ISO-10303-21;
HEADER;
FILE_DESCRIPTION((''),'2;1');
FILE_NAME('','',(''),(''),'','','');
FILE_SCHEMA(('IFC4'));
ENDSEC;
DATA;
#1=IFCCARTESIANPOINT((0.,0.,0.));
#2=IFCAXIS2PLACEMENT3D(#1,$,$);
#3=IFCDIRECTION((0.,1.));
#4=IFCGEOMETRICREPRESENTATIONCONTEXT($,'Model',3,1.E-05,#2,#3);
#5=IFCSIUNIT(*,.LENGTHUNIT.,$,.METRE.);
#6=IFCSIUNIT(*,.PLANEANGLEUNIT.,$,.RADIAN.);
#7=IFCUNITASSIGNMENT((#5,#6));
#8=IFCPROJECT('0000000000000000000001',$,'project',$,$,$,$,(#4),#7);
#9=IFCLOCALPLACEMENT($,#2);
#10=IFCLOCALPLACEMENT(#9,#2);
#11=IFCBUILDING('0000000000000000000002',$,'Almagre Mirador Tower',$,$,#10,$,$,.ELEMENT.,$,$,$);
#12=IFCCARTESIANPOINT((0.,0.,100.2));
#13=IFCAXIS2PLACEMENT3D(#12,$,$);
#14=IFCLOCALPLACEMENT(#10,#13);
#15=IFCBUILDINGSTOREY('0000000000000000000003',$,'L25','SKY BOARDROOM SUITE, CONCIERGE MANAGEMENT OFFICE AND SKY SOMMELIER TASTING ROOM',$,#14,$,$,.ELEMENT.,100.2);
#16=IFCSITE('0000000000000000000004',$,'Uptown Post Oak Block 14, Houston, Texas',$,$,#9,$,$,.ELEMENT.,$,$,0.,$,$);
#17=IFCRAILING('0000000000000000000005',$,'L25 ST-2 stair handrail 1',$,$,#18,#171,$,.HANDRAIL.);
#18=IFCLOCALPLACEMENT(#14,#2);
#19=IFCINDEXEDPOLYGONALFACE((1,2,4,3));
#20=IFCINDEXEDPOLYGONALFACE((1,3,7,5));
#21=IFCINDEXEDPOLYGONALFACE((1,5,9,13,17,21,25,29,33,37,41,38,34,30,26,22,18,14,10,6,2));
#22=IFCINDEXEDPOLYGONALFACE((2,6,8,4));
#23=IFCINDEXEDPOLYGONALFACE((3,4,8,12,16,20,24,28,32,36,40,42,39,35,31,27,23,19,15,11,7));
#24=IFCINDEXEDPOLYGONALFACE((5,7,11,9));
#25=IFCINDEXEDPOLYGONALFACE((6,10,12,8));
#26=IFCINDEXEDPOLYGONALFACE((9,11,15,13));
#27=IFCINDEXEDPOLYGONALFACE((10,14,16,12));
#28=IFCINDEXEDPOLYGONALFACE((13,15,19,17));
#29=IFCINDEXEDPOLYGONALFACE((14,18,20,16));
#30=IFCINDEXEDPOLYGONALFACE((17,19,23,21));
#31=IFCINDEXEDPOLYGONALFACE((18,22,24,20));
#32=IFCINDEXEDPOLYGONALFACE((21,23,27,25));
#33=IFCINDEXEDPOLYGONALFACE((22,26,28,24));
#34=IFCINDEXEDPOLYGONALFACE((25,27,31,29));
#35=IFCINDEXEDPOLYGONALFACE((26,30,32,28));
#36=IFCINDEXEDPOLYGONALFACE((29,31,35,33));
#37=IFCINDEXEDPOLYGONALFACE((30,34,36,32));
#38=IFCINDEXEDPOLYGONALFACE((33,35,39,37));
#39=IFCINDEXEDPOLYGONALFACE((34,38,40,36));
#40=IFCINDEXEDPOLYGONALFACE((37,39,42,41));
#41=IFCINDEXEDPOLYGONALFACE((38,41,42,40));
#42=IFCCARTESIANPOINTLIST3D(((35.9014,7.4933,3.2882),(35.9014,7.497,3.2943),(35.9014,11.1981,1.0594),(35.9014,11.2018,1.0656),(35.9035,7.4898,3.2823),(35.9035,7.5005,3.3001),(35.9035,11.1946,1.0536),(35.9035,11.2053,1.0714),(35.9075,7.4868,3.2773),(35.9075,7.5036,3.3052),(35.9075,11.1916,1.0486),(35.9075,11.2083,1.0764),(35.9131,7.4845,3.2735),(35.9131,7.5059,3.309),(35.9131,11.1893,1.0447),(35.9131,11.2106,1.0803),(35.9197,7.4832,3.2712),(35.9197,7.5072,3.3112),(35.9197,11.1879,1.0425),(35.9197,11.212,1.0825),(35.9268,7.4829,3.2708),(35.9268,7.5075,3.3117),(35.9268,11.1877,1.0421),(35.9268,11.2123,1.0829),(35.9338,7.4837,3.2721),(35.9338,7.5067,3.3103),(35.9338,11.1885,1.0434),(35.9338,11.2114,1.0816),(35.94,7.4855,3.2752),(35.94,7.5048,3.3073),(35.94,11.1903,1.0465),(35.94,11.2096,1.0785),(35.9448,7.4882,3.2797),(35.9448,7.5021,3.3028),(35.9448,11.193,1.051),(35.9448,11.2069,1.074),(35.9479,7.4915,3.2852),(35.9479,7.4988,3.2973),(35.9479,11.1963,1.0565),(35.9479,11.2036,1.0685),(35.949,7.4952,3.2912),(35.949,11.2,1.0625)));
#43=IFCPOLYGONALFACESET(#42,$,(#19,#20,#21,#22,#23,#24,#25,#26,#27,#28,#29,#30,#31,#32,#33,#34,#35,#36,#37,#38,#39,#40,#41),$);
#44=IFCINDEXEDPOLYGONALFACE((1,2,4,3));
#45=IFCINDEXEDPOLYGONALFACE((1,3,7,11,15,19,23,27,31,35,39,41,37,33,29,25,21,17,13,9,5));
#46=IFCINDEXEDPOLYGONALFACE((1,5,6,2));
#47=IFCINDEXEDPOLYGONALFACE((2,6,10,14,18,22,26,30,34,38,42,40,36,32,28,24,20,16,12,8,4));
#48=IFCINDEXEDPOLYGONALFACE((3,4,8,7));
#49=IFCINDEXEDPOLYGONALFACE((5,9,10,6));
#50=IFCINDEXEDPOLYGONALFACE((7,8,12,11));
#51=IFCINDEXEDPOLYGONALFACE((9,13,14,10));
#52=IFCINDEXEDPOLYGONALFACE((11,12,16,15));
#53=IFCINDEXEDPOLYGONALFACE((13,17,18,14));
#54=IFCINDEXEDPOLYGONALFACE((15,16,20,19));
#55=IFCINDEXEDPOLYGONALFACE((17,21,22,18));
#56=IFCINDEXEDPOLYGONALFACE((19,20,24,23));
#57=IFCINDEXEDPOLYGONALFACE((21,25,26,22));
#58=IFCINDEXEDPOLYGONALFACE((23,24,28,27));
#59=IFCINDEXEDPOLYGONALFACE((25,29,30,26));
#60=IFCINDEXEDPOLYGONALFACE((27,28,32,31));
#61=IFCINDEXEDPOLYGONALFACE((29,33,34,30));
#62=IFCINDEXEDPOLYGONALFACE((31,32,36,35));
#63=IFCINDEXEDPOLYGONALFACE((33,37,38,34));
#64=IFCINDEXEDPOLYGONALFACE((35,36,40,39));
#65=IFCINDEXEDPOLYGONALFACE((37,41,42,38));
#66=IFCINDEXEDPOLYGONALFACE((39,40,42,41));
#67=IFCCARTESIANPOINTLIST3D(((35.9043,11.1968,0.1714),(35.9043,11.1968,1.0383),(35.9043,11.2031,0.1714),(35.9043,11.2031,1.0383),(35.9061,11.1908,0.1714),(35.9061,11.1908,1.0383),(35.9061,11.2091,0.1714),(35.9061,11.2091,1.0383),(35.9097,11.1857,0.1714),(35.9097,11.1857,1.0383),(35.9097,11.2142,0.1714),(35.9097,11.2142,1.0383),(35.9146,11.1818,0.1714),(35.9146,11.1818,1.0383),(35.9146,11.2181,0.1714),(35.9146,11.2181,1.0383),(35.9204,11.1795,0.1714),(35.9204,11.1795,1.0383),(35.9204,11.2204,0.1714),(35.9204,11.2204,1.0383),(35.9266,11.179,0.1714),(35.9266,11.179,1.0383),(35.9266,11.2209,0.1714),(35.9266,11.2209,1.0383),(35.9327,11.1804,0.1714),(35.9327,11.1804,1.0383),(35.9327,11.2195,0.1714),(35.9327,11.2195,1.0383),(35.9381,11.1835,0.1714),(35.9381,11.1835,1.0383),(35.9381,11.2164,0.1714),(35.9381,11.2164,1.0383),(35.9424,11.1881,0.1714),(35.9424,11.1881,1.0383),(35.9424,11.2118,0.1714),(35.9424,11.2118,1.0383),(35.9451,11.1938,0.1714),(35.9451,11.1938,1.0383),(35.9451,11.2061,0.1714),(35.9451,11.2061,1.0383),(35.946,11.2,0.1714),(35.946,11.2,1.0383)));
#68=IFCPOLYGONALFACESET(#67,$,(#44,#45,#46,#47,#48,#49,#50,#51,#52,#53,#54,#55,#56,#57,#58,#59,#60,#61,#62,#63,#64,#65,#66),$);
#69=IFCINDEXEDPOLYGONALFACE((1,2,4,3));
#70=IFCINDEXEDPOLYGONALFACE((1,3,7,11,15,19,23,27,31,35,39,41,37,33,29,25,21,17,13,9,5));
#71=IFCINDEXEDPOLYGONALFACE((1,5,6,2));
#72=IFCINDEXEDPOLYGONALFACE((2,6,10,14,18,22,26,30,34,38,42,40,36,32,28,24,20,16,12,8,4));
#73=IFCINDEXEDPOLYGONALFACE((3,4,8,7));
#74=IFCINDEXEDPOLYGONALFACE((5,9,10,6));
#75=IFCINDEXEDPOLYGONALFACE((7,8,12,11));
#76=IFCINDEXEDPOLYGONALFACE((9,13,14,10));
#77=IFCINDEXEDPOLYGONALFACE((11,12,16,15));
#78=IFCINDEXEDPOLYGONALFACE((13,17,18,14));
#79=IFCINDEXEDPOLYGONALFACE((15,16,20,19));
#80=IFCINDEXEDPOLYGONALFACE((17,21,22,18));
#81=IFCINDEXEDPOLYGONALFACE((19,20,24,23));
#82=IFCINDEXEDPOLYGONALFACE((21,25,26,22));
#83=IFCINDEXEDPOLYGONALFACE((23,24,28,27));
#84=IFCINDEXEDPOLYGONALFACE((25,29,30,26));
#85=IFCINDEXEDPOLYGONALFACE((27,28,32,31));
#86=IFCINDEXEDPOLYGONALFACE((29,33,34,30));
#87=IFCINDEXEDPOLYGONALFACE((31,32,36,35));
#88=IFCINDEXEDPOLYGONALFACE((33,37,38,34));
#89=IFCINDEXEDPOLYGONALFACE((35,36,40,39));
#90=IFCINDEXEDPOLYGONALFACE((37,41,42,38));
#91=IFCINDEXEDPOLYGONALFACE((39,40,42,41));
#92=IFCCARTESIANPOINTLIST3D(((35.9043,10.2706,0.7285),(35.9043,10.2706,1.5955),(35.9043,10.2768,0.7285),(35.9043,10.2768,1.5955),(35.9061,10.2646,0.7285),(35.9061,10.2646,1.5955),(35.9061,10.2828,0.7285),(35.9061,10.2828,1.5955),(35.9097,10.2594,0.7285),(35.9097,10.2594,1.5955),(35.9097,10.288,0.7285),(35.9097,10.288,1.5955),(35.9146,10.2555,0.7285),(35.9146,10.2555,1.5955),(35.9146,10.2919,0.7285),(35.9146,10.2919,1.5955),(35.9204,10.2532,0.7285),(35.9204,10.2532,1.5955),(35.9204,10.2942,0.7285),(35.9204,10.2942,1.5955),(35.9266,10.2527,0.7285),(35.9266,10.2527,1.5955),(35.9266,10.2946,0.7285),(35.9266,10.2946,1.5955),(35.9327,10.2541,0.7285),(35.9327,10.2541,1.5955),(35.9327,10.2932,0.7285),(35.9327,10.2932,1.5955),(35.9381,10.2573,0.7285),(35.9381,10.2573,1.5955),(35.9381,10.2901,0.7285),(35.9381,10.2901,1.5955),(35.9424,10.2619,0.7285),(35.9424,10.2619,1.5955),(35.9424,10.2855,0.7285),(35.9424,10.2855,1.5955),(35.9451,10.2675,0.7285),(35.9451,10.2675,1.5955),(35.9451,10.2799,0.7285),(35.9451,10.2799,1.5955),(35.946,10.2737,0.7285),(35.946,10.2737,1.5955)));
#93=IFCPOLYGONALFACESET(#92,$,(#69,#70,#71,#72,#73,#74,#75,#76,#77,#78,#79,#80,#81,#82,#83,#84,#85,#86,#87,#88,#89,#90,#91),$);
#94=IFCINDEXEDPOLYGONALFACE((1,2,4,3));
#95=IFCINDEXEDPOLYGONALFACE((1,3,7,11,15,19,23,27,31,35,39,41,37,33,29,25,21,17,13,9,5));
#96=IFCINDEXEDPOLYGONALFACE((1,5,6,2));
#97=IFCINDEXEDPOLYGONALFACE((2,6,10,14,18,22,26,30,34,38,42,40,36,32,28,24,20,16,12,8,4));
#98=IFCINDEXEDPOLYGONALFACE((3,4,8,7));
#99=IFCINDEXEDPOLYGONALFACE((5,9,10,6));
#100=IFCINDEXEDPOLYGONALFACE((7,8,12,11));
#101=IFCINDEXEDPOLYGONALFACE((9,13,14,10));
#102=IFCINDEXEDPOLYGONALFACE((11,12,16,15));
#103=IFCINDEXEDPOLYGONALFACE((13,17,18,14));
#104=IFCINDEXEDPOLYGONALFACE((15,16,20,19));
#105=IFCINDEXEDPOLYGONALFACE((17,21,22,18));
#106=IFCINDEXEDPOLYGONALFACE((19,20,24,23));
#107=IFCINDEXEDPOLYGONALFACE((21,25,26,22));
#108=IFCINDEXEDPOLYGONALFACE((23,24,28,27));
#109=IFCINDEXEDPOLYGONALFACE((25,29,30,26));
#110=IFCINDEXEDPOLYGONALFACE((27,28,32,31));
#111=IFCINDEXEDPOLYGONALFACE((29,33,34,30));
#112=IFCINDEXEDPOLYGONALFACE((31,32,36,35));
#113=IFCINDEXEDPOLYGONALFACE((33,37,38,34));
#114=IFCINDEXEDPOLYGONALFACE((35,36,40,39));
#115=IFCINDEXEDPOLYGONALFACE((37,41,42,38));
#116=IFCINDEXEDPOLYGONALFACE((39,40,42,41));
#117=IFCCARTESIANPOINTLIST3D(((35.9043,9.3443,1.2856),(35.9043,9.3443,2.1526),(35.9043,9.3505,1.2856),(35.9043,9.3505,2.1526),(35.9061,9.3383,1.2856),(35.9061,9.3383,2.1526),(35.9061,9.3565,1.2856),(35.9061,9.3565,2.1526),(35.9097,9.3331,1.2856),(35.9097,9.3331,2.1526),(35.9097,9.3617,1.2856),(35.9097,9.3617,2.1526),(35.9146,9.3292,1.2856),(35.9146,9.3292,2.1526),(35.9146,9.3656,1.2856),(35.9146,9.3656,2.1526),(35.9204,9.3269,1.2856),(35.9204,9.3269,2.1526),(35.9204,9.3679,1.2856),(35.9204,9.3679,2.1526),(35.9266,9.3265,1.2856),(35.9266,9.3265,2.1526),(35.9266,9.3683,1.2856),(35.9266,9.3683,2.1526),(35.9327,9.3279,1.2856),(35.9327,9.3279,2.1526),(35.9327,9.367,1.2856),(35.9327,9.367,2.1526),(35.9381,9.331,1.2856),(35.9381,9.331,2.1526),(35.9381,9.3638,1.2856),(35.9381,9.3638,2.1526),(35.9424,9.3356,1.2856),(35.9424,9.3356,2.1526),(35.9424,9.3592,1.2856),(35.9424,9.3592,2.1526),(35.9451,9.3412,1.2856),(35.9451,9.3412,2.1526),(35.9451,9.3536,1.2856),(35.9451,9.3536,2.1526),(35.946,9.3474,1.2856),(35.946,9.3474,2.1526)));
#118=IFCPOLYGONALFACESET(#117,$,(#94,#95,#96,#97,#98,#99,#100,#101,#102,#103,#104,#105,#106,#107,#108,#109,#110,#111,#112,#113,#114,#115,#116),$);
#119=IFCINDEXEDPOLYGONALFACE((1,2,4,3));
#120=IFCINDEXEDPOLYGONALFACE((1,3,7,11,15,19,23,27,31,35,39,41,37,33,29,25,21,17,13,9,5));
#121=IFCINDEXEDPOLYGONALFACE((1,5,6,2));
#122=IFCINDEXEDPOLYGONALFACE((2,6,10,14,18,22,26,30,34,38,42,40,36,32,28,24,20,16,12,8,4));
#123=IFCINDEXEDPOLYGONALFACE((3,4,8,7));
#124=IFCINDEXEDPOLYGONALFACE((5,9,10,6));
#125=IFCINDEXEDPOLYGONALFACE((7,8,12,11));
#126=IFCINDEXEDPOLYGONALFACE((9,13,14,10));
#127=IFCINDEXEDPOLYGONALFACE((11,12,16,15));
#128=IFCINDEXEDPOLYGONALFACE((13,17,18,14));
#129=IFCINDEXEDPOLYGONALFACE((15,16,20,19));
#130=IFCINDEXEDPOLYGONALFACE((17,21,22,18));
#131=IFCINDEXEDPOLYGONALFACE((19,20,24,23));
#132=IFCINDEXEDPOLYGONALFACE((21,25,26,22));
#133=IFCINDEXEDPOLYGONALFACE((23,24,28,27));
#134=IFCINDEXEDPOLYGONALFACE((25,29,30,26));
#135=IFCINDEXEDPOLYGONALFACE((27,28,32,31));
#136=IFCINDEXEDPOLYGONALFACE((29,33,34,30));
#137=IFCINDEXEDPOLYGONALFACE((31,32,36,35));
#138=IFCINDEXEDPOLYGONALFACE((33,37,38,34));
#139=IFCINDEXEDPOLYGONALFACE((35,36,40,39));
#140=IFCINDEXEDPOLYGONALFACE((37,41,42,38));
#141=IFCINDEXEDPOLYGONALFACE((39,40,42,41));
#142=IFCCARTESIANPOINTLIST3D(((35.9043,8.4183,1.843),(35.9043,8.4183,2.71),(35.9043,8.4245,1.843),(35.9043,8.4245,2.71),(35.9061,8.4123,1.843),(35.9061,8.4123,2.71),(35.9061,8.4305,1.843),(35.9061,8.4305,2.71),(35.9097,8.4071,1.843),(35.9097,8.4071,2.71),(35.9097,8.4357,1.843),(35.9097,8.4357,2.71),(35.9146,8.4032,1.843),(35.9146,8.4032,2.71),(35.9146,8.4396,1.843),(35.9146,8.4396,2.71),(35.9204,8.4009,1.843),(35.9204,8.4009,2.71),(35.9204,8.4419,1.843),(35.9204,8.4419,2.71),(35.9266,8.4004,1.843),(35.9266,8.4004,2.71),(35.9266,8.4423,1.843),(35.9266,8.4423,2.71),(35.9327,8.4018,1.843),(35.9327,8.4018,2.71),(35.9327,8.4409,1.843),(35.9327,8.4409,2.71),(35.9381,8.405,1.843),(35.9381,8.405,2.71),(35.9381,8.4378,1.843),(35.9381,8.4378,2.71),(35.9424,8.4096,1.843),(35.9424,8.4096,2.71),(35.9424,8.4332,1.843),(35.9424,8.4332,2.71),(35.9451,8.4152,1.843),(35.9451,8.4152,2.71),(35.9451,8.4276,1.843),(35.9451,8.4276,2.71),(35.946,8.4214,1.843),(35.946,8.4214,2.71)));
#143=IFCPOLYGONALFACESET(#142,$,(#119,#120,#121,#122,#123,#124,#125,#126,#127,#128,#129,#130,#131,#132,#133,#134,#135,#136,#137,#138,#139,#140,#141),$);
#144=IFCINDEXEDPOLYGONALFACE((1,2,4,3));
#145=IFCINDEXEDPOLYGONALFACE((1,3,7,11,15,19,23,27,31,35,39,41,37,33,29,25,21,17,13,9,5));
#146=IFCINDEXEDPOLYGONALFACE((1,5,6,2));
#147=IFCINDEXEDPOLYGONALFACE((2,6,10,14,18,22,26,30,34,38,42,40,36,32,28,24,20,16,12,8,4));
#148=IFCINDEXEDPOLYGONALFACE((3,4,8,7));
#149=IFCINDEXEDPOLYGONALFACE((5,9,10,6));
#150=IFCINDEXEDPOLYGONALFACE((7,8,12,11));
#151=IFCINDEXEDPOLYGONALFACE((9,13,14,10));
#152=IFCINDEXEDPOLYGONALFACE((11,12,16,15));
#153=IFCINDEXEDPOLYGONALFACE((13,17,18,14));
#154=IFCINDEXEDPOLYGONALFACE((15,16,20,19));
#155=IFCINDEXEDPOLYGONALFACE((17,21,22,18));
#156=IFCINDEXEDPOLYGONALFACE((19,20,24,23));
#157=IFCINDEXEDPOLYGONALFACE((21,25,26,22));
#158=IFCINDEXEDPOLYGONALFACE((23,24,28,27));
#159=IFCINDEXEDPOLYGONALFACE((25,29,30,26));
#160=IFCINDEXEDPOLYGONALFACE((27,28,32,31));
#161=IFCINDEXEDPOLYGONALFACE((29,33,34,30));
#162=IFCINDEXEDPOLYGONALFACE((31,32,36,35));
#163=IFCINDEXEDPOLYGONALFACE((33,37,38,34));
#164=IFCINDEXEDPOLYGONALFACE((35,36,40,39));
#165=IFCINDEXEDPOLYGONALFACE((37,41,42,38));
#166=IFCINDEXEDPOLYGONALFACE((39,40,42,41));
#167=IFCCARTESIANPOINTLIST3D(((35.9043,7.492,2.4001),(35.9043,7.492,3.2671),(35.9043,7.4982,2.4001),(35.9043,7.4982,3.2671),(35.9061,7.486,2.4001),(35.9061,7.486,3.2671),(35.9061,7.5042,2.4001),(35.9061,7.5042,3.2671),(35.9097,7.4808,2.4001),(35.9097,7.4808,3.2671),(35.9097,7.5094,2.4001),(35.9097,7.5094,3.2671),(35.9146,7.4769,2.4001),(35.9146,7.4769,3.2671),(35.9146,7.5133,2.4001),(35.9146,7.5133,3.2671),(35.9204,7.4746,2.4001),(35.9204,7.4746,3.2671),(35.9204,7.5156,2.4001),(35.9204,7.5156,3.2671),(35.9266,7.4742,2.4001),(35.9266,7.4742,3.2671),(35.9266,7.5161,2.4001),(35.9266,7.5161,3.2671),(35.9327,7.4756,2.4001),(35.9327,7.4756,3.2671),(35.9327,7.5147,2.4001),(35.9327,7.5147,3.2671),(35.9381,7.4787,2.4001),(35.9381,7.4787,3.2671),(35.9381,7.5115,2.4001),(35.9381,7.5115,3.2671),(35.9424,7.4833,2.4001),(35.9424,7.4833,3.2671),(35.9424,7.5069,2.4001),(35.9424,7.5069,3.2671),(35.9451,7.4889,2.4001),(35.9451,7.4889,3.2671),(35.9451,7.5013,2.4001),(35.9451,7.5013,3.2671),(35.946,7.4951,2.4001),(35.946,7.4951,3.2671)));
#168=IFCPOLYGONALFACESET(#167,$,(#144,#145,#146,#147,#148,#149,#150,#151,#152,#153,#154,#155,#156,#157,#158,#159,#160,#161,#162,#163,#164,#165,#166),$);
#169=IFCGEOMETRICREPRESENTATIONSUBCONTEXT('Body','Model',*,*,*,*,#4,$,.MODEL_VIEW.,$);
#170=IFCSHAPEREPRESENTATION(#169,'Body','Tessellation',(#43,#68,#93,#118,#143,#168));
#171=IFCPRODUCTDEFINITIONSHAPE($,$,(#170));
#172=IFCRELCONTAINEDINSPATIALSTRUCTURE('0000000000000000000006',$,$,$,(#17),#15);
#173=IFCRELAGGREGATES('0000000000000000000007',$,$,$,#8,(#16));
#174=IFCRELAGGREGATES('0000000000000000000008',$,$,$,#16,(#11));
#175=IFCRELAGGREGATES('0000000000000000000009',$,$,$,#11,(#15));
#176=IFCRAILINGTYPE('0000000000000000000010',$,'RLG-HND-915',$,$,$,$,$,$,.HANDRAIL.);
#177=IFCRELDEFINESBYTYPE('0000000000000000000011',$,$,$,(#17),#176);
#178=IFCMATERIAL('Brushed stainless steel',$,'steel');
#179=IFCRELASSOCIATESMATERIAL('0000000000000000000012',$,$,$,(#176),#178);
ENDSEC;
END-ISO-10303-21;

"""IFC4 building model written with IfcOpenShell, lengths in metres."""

from ifc_helpers import new_model, si_unit, direction, frame, origin, origin_2d, place, context, subcontext, project, spatial, circle, extrude, material, type_object, element, save


model = new_model("IFC4")

# Units and contexts
model_context = context("Model", 3, precision=1e-05, world=origin(), true_north=direction((0.0, 1.0)))
body_context = subcontext(model_context, "Body", "Model", "MODEL_VIEW")
ifc_project = project(units=[si_unit("LENGTHUNIT", "METRE"), si_unit("PLANEANGLEUNIT", "RADIAN")], contexts=[model_context])

# Site, building, storey
site_placement = place(None, origin())
site = spatial("IfcSite", under=ifc_project, at=site_placement, Name="Uptown Post Oak Block 14, Houston, Texas", CompositionType="ELEMENT", RefElevation=0.0)
building_placement = place(site_placement, origin())
building = spatial("IfcBuilding", under=site, at=building_placement, Name="Almagre Mirador Tower", CompositionType="ELEMENT")
storey_placement = place(building_placement, frame((0.0, 0.0, 100.2)))
storey = spatial("IfcBuildingStorey", under=building, at=storey_placement, Name="L25", Description="SKY BOARDROOM SUITE, CONCIERGE MANAGEMENT OFFICE AND SKY SOMMELIER TASTING ROOM", CompositionType="ELEMENT", Elevation=100.2)

# Railing
ifc_material_1 = material(Name="Brushed stainless steel", Category="steel")
railing_type_1 = type_object("IfcRailingType", Name="RLG-HND-915", PredefinedType="HANDRAIL", material=ifc_material_1)
railing_1_placement = place(storey_placement, frame((35.925, 11.2, 0.1714)))
element("IfcRailing", 1, at=railing_1_placement, inside=storey, type_object=railing_type_1, Name="L25 ST-2 stair handrail 1", PredefinedType="HANDRAIL", context=body_context, shape_type="SweptSolid", body=[
    extrude(circle(Radius=0.0239, at=origin_2d()), frame((0.0, 0.0, 0.8911), z_axis=(0.0, -0.856894, 0.515492), x_axis=(1.0, 0.0, 0.0)), (0.0, 0.0, 1.0), 4.3235),
    extrude(circle(Radius=0.021, at=origin_2d()), origin(), (0.0, 0.0, 1.0), 0.8669),
    extrude(circle(Radius=0.021, at=origin_2d()), frame((0.0, -0.9263, 0.5571)), (0.0, 0.0, 1.0), 0.8669),
    extrude(circle(Radius=0.021, at=origin_2d()), frame((0.0, -1.8525, 1.1143)), (0.0, 0.0, 1.0), 0.8669),
    extrude(circle(Radius=0.021, at=origin_2d()), frame((0.0, -2.7786, 1.6716)), (0.0, 0.0, 1.0), 0.8669),
    extrude(circle(Radius=0.021, at=origin_2d()), frame((0.0, -3.7048, 2.2288)), (0.0, 0.0, 1.0), 0.8669),
])

save(model, "model.ifc")
